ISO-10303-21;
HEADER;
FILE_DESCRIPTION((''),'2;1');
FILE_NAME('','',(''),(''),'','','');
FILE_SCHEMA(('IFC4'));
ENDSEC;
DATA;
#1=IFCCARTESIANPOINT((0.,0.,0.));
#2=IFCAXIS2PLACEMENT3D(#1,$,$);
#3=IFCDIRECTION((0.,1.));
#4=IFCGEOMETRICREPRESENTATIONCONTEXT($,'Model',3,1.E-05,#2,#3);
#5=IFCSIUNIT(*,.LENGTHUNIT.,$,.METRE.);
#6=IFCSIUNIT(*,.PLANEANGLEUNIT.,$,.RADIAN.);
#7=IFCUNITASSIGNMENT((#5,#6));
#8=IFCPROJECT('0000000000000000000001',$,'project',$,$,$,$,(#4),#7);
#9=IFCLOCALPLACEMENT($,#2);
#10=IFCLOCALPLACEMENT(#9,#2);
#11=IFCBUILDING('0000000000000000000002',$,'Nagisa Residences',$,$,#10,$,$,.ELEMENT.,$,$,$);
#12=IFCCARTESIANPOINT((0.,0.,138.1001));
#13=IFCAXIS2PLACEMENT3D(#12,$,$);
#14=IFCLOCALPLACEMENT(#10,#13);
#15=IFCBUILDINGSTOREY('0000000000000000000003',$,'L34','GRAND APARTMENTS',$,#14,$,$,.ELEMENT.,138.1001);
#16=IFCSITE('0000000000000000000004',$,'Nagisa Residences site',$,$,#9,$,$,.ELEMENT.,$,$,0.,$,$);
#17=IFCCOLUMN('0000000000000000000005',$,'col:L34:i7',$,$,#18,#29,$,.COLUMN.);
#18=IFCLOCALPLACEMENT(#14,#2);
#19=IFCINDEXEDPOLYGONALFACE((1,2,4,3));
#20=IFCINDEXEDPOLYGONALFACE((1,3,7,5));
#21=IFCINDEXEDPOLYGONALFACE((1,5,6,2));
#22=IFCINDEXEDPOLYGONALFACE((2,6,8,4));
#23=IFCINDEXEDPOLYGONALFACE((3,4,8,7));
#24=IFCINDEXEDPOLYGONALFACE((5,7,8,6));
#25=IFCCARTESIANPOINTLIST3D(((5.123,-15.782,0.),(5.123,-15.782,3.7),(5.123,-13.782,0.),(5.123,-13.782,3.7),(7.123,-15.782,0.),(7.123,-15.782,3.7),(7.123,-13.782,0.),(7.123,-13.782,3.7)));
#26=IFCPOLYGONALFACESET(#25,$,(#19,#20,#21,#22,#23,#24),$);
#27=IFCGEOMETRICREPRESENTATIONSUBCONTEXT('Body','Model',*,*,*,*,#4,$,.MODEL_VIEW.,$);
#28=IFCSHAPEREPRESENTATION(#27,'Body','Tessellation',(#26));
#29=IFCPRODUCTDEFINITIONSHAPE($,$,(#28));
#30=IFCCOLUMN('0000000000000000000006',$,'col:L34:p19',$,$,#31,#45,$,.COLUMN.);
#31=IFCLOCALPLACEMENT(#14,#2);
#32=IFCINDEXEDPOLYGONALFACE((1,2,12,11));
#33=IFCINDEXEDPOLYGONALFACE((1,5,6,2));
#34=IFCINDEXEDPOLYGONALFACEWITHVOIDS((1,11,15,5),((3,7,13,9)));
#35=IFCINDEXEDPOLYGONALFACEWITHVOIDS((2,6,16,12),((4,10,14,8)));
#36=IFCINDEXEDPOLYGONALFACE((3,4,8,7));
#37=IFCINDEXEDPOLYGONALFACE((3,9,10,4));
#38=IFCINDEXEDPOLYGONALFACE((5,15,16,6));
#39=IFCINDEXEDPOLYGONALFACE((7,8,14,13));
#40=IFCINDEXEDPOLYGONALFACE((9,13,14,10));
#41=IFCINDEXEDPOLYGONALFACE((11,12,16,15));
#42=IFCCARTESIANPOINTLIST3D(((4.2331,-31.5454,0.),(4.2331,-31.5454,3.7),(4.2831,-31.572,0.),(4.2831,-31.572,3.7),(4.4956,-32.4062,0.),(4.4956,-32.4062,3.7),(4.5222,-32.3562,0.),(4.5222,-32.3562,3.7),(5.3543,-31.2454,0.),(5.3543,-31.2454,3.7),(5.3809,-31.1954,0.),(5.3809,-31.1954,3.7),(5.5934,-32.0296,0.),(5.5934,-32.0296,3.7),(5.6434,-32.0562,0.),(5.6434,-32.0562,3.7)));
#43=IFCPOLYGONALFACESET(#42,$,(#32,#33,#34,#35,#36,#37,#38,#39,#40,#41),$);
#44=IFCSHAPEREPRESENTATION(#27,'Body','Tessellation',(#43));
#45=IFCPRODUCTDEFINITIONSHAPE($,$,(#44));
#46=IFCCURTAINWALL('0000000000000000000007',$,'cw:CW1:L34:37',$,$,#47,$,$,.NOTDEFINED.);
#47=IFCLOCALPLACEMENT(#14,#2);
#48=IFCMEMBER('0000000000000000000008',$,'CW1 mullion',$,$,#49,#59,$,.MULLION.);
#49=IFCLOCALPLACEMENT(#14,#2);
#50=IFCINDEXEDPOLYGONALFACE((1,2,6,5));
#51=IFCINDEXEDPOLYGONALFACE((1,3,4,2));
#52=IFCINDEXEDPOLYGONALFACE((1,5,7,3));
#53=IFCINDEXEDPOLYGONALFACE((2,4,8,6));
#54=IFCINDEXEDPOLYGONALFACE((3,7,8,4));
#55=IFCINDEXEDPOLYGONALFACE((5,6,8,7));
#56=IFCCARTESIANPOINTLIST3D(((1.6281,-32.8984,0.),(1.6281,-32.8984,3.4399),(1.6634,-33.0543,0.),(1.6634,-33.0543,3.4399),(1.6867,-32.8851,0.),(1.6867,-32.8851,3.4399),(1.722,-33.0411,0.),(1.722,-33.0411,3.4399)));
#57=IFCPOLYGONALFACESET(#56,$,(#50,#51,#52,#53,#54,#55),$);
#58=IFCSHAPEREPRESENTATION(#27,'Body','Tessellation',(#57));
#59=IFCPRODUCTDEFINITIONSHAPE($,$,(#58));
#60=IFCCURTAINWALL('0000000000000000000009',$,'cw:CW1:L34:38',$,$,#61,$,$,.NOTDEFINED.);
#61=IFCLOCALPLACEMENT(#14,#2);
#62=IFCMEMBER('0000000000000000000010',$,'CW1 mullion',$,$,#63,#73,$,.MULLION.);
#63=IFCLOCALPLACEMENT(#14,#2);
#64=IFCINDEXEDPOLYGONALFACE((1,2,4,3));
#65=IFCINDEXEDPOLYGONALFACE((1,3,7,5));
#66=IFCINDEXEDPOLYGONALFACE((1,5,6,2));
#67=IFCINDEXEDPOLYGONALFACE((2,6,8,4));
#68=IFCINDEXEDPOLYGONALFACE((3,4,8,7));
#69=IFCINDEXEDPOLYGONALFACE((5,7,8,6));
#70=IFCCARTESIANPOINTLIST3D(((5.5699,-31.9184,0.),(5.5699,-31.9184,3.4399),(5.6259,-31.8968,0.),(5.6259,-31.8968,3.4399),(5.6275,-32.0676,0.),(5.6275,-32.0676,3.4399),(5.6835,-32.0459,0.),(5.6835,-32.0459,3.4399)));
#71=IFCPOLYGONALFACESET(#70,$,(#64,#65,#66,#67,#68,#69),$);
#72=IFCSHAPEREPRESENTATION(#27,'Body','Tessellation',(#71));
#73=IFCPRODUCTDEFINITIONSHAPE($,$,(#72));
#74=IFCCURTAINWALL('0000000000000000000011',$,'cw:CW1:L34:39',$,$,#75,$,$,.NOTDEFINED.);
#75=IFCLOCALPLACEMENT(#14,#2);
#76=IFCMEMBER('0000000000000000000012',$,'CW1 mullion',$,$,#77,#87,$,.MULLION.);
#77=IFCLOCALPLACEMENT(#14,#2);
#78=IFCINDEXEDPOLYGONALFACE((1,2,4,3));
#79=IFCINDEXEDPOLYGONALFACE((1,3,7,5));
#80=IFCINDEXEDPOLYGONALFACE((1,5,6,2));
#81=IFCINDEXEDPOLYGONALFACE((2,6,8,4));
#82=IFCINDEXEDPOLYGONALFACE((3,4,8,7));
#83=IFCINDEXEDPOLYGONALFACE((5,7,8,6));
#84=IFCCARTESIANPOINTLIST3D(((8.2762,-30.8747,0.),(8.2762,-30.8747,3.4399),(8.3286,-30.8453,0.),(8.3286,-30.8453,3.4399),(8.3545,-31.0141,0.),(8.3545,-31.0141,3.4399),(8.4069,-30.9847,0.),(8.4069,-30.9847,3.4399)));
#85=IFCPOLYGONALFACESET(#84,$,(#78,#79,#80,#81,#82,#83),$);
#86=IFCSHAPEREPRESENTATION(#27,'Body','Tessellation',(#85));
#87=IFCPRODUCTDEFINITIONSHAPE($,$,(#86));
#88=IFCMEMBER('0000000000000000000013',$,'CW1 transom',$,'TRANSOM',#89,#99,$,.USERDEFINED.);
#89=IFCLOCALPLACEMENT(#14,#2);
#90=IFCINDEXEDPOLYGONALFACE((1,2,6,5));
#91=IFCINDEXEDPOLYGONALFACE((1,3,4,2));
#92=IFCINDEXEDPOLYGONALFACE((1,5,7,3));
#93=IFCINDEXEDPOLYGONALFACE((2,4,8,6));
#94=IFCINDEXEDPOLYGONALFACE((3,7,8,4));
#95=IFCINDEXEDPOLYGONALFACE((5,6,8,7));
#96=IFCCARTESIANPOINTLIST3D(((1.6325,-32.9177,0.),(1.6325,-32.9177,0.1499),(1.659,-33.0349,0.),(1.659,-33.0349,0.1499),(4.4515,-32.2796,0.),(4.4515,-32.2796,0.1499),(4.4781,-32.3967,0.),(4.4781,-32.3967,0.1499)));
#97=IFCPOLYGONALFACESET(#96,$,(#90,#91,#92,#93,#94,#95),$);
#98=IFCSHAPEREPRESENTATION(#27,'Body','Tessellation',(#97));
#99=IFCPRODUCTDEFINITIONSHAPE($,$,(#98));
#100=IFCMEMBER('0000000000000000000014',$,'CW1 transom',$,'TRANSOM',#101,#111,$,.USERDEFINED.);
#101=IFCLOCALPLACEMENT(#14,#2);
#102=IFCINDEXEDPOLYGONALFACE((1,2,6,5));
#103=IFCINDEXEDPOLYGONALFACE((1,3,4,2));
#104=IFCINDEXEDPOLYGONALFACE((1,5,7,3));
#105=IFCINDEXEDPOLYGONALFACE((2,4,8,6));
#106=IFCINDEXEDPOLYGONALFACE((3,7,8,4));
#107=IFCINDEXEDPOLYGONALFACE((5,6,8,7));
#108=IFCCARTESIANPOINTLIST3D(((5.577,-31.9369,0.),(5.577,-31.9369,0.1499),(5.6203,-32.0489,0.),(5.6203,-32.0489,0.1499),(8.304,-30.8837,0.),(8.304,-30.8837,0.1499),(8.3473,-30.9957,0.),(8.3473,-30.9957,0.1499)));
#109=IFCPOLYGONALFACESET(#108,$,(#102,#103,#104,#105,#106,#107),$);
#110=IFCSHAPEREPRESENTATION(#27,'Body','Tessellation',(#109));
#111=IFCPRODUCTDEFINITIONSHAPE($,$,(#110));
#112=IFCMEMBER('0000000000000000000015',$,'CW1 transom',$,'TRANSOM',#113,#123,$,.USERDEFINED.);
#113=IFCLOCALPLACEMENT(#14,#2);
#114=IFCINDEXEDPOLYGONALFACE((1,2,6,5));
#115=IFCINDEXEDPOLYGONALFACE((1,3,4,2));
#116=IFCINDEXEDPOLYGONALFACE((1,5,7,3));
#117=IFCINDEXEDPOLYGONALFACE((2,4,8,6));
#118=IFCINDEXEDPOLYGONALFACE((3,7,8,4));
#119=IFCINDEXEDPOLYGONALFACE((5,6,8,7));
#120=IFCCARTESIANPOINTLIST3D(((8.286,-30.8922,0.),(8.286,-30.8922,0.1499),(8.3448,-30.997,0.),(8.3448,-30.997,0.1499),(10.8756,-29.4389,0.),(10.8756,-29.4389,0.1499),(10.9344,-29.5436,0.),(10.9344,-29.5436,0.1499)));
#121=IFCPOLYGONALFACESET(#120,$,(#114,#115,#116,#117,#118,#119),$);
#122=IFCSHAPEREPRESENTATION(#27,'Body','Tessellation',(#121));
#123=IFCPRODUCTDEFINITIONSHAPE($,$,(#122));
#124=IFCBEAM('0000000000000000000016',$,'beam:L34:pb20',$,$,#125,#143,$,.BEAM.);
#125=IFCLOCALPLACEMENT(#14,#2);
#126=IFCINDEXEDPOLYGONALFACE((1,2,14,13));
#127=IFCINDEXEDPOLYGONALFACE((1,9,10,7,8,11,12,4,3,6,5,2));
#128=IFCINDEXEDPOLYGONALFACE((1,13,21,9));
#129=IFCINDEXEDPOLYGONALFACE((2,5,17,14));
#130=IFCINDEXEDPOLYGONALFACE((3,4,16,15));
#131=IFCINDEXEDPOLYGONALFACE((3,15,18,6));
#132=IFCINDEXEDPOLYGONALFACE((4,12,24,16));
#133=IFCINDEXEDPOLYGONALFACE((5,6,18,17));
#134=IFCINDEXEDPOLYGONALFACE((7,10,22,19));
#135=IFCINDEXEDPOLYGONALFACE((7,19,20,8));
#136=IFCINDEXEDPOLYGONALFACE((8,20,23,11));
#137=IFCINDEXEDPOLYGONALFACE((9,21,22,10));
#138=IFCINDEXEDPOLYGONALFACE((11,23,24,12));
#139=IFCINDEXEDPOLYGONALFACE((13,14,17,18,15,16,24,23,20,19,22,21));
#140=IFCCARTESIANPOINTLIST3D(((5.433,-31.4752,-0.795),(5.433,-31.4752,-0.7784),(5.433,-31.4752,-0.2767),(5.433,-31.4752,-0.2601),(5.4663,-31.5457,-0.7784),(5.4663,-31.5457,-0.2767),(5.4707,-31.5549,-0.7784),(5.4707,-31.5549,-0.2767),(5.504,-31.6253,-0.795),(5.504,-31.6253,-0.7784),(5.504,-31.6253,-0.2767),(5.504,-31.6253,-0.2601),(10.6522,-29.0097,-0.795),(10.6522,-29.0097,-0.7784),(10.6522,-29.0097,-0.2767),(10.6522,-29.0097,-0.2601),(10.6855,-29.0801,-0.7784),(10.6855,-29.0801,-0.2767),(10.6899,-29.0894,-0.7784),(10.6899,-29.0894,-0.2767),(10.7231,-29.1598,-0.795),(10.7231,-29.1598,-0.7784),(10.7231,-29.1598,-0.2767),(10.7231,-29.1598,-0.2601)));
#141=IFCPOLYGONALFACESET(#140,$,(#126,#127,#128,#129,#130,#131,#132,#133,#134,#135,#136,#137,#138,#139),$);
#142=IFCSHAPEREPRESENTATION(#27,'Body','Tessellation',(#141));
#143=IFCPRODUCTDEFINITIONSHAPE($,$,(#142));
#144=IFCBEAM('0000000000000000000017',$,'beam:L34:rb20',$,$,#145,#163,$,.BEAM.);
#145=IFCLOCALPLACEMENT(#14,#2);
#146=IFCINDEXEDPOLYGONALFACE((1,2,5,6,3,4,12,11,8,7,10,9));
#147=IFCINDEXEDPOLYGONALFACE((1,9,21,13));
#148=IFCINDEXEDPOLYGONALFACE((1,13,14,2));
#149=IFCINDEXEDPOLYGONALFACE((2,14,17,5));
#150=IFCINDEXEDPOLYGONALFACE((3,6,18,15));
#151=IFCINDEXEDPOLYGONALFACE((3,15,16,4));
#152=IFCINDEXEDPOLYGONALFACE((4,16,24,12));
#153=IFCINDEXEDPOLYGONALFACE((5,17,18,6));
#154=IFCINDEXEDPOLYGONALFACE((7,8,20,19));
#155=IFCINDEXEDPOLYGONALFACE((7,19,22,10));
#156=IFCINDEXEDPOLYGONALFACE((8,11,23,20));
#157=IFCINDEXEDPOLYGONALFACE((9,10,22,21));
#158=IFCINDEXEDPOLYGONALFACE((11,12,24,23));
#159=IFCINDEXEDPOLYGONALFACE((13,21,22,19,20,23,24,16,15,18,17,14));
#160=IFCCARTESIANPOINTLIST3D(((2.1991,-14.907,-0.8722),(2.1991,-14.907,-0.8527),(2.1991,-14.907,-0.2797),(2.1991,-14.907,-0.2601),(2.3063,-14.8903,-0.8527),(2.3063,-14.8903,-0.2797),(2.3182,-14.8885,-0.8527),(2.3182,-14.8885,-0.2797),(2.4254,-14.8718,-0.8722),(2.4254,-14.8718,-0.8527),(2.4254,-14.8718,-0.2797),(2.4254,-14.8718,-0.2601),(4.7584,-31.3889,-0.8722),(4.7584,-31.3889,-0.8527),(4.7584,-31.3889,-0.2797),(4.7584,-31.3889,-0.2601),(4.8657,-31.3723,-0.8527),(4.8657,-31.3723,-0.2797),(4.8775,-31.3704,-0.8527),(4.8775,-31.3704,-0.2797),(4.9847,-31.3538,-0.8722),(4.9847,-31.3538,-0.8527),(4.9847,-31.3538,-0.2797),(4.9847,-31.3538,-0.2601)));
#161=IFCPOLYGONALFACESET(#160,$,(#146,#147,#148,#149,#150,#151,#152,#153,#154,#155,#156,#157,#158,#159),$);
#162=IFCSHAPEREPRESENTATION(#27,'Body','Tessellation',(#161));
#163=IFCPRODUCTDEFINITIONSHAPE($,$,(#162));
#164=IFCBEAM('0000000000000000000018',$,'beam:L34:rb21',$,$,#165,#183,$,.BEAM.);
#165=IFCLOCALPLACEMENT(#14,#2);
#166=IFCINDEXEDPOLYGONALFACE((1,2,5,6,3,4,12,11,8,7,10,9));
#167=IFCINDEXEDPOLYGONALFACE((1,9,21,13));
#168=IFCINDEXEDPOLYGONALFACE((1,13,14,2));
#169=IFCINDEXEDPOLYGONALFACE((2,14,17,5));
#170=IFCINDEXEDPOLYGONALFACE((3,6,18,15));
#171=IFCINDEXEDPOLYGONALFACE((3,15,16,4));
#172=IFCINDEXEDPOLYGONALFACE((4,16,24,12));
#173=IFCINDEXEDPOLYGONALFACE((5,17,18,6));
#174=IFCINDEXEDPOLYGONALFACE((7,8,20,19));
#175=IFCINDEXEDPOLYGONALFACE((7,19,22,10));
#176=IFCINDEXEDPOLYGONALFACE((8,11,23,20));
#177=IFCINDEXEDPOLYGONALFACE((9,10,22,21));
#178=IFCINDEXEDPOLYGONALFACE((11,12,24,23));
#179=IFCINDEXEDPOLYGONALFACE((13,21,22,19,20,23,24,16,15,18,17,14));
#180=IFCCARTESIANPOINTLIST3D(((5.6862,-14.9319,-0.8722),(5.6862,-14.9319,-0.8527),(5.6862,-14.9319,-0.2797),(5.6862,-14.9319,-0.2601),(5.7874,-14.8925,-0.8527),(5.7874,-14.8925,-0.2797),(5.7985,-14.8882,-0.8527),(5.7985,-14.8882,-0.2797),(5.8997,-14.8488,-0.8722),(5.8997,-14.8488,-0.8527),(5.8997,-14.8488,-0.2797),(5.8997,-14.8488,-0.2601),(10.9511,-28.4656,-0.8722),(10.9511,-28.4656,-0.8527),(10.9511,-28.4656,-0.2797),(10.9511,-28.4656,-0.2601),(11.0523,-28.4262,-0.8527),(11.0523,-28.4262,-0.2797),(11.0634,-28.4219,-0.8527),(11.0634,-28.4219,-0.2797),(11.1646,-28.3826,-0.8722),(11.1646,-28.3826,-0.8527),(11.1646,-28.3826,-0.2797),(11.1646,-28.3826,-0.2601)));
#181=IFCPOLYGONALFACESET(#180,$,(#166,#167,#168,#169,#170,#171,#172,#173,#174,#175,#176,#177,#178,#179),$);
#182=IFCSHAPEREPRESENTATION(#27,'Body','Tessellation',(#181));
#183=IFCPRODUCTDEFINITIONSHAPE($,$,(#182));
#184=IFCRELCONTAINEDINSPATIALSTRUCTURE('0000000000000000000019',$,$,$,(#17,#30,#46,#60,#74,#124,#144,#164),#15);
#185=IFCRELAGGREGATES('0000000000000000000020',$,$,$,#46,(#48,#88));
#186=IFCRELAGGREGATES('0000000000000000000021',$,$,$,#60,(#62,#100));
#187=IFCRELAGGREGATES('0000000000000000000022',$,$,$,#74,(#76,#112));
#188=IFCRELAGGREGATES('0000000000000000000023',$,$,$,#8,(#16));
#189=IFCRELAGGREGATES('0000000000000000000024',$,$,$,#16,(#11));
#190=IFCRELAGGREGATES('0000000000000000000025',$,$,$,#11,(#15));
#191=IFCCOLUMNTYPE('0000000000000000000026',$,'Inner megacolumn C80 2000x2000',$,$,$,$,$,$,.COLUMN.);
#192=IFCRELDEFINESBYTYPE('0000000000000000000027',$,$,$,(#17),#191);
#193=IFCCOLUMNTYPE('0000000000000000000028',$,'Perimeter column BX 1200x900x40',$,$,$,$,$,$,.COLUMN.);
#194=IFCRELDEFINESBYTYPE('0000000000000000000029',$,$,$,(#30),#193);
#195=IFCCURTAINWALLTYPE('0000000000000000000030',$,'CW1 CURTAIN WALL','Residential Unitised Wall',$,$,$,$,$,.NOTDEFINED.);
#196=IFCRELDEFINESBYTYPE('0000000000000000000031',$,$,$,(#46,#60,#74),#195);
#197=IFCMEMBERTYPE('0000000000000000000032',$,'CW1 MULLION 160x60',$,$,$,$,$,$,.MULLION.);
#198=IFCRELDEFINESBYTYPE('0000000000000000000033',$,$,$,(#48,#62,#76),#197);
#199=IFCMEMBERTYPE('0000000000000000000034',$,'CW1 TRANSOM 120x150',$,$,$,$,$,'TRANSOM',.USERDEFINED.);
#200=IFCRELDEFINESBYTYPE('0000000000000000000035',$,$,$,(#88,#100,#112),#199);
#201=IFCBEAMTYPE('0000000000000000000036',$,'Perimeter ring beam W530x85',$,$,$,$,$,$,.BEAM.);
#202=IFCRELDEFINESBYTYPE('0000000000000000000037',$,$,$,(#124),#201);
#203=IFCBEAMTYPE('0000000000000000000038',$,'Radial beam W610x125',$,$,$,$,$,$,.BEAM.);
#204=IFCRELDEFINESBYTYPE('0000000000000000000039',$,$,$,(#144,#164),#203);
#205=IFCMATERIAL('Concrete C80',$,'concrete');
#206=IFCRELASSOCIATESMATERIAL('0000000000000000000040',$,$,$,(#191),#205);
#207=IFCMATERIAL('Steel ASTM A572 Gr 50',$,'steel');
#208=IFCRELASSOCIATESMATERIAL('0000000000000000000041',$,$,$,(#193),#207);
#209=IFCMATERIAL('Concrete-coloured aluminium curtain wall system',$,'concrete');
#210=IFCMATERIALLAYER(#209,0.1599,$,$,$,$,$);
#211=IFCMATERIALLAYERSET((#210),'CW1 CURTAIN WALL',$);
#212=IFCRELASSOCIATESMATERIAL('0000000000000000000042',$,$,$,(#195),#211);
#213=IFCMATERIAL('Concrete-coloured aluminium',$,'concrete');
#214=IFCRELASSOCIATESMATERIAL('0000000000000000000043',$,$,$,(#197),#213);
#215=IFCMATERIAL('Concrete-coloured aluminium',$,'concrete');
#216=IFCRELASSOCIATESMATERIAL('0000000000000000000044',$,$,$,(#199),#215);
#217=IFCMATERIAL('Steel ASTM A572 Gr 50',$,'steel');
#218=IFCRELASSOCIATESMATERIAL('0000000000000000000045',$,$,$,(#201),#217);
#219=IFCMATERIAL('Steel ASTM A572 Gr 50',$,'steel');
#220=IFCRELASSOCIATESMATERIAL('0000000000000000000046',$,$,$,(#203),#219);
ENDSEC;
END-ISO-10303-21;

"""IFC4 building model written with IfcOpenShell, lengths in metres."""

from ifc_helpers import new_model, si_unit, direction, frame, origin, origin_2d, place, context, subcontext, project, spatial, rectangle, hollow_rectangle, i_section, extrude, material, layer, layer_set, material_profile, profile_set, type_object, element, aggregate, save


model = new_model("IFC4")

# Units and contexts
model_context = context("Model", 3, precision=1e-05, world=origin(), true_north=direction((0.0, 1.0)))
body_context = subcontext(model_context, "Body", "Model", "MODEL_VIEW")
ifc_project = project(units=[si_unit("LENGTHUNIT", "METRE"), si_unit("PLANEANGLEUNIT", "RADIAN")], contexts=[model_context])

# Site, building, storey
site_placement = place(None, origin())
site = spatial("IfcSite", under=ifc_project, at=site_placement, Name="Nagisa Residences site", CompositionType="ELEMENT", RefElevation=0.0)
building_placement = place(site_placement, origin())
building = spatial("IfcBuilding", under=site, at=building_placement, Name="Nagisa Residences", CompositionType="ELEMENT")
storey_placement = place(building_placement, frame((0.0, 0.0, 138.1001)))
storey = spatial("IfcBuildingStorey", under=building, at=storey_placement, Name="L34", Description="GRAND APARTMENTS", CompositionType="ELEMENT", Elevation=138.1001)

# Columns
ifc_material_1 = material(Name="Concrete C80", Category="concrete")
ifc_material_profile_1 = material_profile(ifc_material_1, rectangle(XDim=2.0, YDim=2.0, at=origin_2d()), Name="C80 2000x2000")
ifc_profile_set_1 = profile_set([ifc_material_profile_1], Name="Concrete C80")
column_type_1 = type_object("IfcColumnType", Name="Inner megacolumn C80 2000x2000", PredefinedType="COLUMN", material=ifc_profile_set_1)
column_1_placement = place(storey_placement, frame((6.123, -14.782, 0.0), z_axis=(0.0, 0.0, 1.0), x_axis=(1.0, 0.0, 0.0)))
element("IfcColumn", 1, at=column_1_placement, inside=storey, type_object=column_type_1, Name="col:L34:i7", PredefinedType="COLUMN", context=body_context, shape_type="SweptSolid", body=[
    extrude(rectangle(XDim=2.0, YDim=2.0, at=origin_2d()), origin(), (0.0, 0.0, 1.0), 3.7),
])
ifc_material_2 = material(Name="Steel ASTM A572 Gr 50", Category="steel")
ifc_material_profile_2 = material_profile(ifc_material_2, hollow_rectangle(XDim=1.2, YDim=0.8999, WallThickness=0.04, at=origin_2d()), Name="BX 1200x900x40")
ifc_profile_set_2 = profile_set([ifc_material_profile_2], Name="Steel ASTM A572 Gr 50")
column_type_2 = type_object("IfcColumnType", Name="Perimeter column BX 1200x900x40", PredefinedType="COLUMN", material=ifc_profile_set_2)
column_2_placement = place(storey_placement, frame((4.9382, -31.8008, 0.0), z_axis=(0.0, 0.0, 1.0), x_axis=(0.956525, 0.291652, 0.0)))
element("IfcColumn", 2, at=column_2_placement, inside=storey, type_object=column_type_2, Name="col:L34:p19", PredefinedType="COLUMN", context=body_context, shape_type="SweptSolid", body=[
    extrude(hollow_rectangle(XDim=1.2, YDim=0.8999, WallThickness=0.04, at=origin_2d()), origin(), (0.0, 0.0, 1.0), 3.7),
])

# Curtain walls, members
ifc_material_3 = material(Name="Concrete-coloured aluminium curtain wall system", Category="concrete")
ifc_layer_1 = layer(ifc_material_3, 0.1599)
ifc_layer_set_1 = layer_set([ifc_layer_1], Name="CW1 CURTAIN WALL")
curtain_wall_type = type_object("IfcCurtainWallType", Name="CW1 CURTAIN WALL", Description="Residential Unitised Wall", PredefinedType="NOTDEFINED", material=ifc_layer_set_1)
curtain_wall_1_placement = place(storey_placement, origin())
curtain_wall_1 = element("IfcCurtainWall", 3, at=curtain_wall_1_placement, inside=storey, type_object=curtain_wall_type, Name="cw:CW1:L34:37", PredefinedType="NOTDEFINED")
ifc_material_4 = material(Name="Concrete-coloured aluminium", Category="concrete")
ifc_material_profile_3 = material_profile(ifc_material_4, rectangle(XDim=0.1599, YDim=0.0601, at=origin_2d()), Name="CW1 MULLION 160x60")
ifc_profile_set_3 = profile_set([ifc_material_profile_3], Name="Concrete-coloured aluminium")
member_type_1 = type_object("IfcMemberType", Name="CW1 MULLION 160x60", PredefinedType="MULLION", material=ifc_profile_set_3)
member_1_placement = place(storey_placement, frame((1.675, -32.9697, 0.0), z_axis=(0.0, 0.0, 1.0), x_axis=(-0.220764, 0.975327, 0.0)))
member_1 = element("IfcMember", 4, at=member_1_placement, type_object=member_type_1, Name="CW1 mullion", PredefinedType="MULLION", context=body_context, shape_type="SweptSolid", body=[
    extrude(rectangle(XDim=0.1599, YDim=0.0601, at=origin_2d()), origin(), (0.0, 0.0, 1.0), 3.4399),
])
curtain_wall_2_placement = place(storey_placement, origin())
curtain_wall_2 = element("IfcCurtainWall", 5, at=curtain_wall_2_placement, inside=storey, type_object=curtain_wall_type, Name="cw:CW1:L34:38", PredefinedType="NOTDEFINED")
member_2_placement = place(storey_placement, frame((5.6267, -31.9822, 0.0), z_axis=(0.0, 0.0, 1.0), x_axis=(-0.360328, 0.932826, 0.0)))
member_2 = element("IfcMember", 6, at=member_2_placement, type_object=member_type_1, Name="CW1 mullion", PredefinedType="MULLION", context=body_context, shape_type="SweptSolid", body=[
    extrude(rectangle(XDim=0.1599, YDim=0.0601, at=origin_2d()), origin(), (0.0, 0.0, 1.0), 3.4399),
])
curtain_wall_3_placement = place(storey_placement, origin())
curtain_wall_3 = element("IfcCurtainWall", 7, at=curtain_wall_3_placement, inside=storey, type_object=curtain_wall_type, Name="cw:CW1:L34:39", PredefinedType="NOTDEFINED")
member_3_placement = place(storey_placement, frame((8.3416, -30.9297, 0.0), z_axis=(0.0, 0.0, 1.0), x_axis=(-0.489377, 0.872072, 0.0)))
member_3 = element("IfcMember", 8, at=member_3_placement, type_object=member_type_1, Name="CW1 mullion", PredefinedType="MULLION", context=body_context, shape_type="SweptSolid", body=[
    extrude(rectangle(XDim=0.1599, YDim=0.0601, at=origin_2d()), origin(), (0.0, 0.0, 1.0), 3.4399),
])

# Members
ifc_material_5 = material(Name="Concrete-coloured aluminium", Category="concrete")
ifc_material_profile_4 = material_profile(ifc_material_5, rectangle(XDim=0.1201, YDim=0.1499, at=origin_2d()), Name="CW1 TRANSOM 120x150")
ifc_profile_set_4 = profile_set([ifc_material_profile_4], Name="Concrete-coloured aluminium")
member_type_2 = type_object("IfcMemberType", Name="CW1 TRANSOM 120x150", ElementType="TRANSOM", PredefinedType="USERDEFINED", material=ifc_profile_set_4)
member_4_placement = place(storey_placement, frame((1.6458, -32.9763, 0.075), z_axis=(0.975321, 0.220792, 0.0), x_axis=(-0.220792, 0.975321, 0.0)))
member_4 = element("IfcMember", 9, at=member_4_placement, type_object=member_type_2, Name="CW1 transom", ObjectType="TRANSOM", PredefinedType="USERDEFINED", context=body_context, shape_type="SweptSolid", body=[
    extrude(rectangle(XDim=0.1201, YDim=0.1499, at=origin_2d()), origin(), (0.0, 0.0, 1.0), 2.8904),
])
member_5_placement = place(storey_placement, frame((5.5986, -31.9929, 0.075), z_axis=(0.932845, 0.360277, 0.0), x_axis=(-0.360277, 0.932845, 0.0)))
member_5 = element("IfcMember", 10, at=member_5_placement, type_object=member_type_2, Name="CW1 transom", ObjectType="TRANSOM", PredefinedType="USERDEFINED", context=body_context, shape_type="SweptSolid", body=[
    extrude(rectangle(XDim=0.1201, YDim=0.1499, at=origin_2d()), origin(), (0.0, 0.0, 1.0), 2.9233),
])
member_6_placement = place(storey_placement, frame((8.3154, -30.9446, 0.075), z_axis=(0.872047, 0.489422, 0.0), x_axis=(-0.489422, 0.872047, 0.0)))
member_6 = element("IfcMember", 11, at=member_6_placement, type_object=member_type_2, Name="CW1 transom", ObjectType="TRANSOM", PredefinedType="USERDEFINED", context=body_context, shape_type="SweptSolid", body=[
    extrude(rectangle(XDim=0.1201, YDim=0.1499, at=origin_2d()), origin(), (0.0, 0.0, 1.0), 2.9695),
])

# Beams
ifc_material_6 = material(Name="Steel ASTM A572 Gr 50", Category="steel")
ifc_material_profile_5 = material_profile(ifc_material_6, i_section(OverallWidth=0.166, OverallDepth=0.5349, WebThickness=0.0103, FlangeThickness=0.0166, at=origin_2d()), Name="W530x85")
ifc_profile_set_5 = profile_set([ifc_material_profile_5], Name="Steel ASTM A572 Gr 50")
beam_type_1 = type_object("IfcBeamType", Name="Perimeter ring beam W530x85", PredefinedType="BEAM", material=ifc_profile_set_5)
beam_1_placement = place(storey_placement, frame((5.4685, -31.5503, -0.5276), z_axis=(0.904186, 0.427139, 0.0), x_axis=(-0.427139, 0.904186, 0.0)))
element("IfcBeam", 12, at=beam_1_placement, inside=storey, type_object=beam_type_1, Name="beam:L34:pb20", PredefinedType="BEAM", context=body_context, shape_type="SweptSolid", body=[
    extrude(i_section(OverallWidth=0.166, OverallDepth=0.5349, WebThickness=0.0103, FlangeThickness=0.0166, at=origin_2d()), origin(), (0.0, 0.0, 1.0), 5.7722),
])
ifc_material_7 = material(Name="Steel ASTM A572 Gr 50", Category="steel")
ifc_material_profile_6 = material_profile(ifc_material_7, i_section(OverallWidth=0.229, OverallDepth=0.6121, WebThickness=0.012, FlangeThickness=0.0195, at=origin_2d()), Name="W610x125")
ifc_profile_set_6 = profile_set([ifc_material_profile_6], Name="Steel ASTM A572 Gr 50")
beam_type_2 = type_object("IfcBeamType", Name="Radial beam W610x125", PredefinedType="BEAM", material=ifc_profile_set_6)
beam_2_placement = place(storey_placement, frame((4.8716, -31.3713, -0.5662), z_axis=(-0.153442, 0.988158, 0.0), x_axis=(-0.988158, -0.153442, 0.0)))
element("IfcBeam", 13, at=beam_2_placement, inside=storey, type_object=beam_type_2, Name="beam:L34:rb20", PredefinedType="BEAM", context=body_context, shape_type="SweptSolid", body=[
    extrude(i_section(OverallWidth=0.229, OverallDepth=0.6121, WebThickness=0.012, FlangeThickness=0.0195, at=origin_2d()), origin(), (0.0, 0.0, 1.0), 16.6794),
])
beam_3_placement = place(storey_placement, frame((11.0579, -28.4241, -0.5662), z_axis=(-0.362553, 0.931963, 0.0), x_axis=(-0.931963, -0.362553, 0.0)))
element("IfcBeam", 14, at=beam_3_placement, inside=storey, type_object=beam_type_2, Name="beam:L34:rb21", PredefinedType="BEAM", context=body_context, shape_type="SweptSolid", body=[
    extrude(i_section(OverallWidth=0.229, OverallDepth=0.6121, WebThickness=0.012, FlangeThickness=0.0195, at=origin_2d()), origin(), (0.0, 0.0, 1.0), 14.5217),
])

aggregate(curtain_wall_1, [member_1, member_4])
aggregate(curtain_wall_2, [member_2, member_5])
aggregate(curtain_wall_3, [member_3, member_6])

save(model, "model.ifc")
